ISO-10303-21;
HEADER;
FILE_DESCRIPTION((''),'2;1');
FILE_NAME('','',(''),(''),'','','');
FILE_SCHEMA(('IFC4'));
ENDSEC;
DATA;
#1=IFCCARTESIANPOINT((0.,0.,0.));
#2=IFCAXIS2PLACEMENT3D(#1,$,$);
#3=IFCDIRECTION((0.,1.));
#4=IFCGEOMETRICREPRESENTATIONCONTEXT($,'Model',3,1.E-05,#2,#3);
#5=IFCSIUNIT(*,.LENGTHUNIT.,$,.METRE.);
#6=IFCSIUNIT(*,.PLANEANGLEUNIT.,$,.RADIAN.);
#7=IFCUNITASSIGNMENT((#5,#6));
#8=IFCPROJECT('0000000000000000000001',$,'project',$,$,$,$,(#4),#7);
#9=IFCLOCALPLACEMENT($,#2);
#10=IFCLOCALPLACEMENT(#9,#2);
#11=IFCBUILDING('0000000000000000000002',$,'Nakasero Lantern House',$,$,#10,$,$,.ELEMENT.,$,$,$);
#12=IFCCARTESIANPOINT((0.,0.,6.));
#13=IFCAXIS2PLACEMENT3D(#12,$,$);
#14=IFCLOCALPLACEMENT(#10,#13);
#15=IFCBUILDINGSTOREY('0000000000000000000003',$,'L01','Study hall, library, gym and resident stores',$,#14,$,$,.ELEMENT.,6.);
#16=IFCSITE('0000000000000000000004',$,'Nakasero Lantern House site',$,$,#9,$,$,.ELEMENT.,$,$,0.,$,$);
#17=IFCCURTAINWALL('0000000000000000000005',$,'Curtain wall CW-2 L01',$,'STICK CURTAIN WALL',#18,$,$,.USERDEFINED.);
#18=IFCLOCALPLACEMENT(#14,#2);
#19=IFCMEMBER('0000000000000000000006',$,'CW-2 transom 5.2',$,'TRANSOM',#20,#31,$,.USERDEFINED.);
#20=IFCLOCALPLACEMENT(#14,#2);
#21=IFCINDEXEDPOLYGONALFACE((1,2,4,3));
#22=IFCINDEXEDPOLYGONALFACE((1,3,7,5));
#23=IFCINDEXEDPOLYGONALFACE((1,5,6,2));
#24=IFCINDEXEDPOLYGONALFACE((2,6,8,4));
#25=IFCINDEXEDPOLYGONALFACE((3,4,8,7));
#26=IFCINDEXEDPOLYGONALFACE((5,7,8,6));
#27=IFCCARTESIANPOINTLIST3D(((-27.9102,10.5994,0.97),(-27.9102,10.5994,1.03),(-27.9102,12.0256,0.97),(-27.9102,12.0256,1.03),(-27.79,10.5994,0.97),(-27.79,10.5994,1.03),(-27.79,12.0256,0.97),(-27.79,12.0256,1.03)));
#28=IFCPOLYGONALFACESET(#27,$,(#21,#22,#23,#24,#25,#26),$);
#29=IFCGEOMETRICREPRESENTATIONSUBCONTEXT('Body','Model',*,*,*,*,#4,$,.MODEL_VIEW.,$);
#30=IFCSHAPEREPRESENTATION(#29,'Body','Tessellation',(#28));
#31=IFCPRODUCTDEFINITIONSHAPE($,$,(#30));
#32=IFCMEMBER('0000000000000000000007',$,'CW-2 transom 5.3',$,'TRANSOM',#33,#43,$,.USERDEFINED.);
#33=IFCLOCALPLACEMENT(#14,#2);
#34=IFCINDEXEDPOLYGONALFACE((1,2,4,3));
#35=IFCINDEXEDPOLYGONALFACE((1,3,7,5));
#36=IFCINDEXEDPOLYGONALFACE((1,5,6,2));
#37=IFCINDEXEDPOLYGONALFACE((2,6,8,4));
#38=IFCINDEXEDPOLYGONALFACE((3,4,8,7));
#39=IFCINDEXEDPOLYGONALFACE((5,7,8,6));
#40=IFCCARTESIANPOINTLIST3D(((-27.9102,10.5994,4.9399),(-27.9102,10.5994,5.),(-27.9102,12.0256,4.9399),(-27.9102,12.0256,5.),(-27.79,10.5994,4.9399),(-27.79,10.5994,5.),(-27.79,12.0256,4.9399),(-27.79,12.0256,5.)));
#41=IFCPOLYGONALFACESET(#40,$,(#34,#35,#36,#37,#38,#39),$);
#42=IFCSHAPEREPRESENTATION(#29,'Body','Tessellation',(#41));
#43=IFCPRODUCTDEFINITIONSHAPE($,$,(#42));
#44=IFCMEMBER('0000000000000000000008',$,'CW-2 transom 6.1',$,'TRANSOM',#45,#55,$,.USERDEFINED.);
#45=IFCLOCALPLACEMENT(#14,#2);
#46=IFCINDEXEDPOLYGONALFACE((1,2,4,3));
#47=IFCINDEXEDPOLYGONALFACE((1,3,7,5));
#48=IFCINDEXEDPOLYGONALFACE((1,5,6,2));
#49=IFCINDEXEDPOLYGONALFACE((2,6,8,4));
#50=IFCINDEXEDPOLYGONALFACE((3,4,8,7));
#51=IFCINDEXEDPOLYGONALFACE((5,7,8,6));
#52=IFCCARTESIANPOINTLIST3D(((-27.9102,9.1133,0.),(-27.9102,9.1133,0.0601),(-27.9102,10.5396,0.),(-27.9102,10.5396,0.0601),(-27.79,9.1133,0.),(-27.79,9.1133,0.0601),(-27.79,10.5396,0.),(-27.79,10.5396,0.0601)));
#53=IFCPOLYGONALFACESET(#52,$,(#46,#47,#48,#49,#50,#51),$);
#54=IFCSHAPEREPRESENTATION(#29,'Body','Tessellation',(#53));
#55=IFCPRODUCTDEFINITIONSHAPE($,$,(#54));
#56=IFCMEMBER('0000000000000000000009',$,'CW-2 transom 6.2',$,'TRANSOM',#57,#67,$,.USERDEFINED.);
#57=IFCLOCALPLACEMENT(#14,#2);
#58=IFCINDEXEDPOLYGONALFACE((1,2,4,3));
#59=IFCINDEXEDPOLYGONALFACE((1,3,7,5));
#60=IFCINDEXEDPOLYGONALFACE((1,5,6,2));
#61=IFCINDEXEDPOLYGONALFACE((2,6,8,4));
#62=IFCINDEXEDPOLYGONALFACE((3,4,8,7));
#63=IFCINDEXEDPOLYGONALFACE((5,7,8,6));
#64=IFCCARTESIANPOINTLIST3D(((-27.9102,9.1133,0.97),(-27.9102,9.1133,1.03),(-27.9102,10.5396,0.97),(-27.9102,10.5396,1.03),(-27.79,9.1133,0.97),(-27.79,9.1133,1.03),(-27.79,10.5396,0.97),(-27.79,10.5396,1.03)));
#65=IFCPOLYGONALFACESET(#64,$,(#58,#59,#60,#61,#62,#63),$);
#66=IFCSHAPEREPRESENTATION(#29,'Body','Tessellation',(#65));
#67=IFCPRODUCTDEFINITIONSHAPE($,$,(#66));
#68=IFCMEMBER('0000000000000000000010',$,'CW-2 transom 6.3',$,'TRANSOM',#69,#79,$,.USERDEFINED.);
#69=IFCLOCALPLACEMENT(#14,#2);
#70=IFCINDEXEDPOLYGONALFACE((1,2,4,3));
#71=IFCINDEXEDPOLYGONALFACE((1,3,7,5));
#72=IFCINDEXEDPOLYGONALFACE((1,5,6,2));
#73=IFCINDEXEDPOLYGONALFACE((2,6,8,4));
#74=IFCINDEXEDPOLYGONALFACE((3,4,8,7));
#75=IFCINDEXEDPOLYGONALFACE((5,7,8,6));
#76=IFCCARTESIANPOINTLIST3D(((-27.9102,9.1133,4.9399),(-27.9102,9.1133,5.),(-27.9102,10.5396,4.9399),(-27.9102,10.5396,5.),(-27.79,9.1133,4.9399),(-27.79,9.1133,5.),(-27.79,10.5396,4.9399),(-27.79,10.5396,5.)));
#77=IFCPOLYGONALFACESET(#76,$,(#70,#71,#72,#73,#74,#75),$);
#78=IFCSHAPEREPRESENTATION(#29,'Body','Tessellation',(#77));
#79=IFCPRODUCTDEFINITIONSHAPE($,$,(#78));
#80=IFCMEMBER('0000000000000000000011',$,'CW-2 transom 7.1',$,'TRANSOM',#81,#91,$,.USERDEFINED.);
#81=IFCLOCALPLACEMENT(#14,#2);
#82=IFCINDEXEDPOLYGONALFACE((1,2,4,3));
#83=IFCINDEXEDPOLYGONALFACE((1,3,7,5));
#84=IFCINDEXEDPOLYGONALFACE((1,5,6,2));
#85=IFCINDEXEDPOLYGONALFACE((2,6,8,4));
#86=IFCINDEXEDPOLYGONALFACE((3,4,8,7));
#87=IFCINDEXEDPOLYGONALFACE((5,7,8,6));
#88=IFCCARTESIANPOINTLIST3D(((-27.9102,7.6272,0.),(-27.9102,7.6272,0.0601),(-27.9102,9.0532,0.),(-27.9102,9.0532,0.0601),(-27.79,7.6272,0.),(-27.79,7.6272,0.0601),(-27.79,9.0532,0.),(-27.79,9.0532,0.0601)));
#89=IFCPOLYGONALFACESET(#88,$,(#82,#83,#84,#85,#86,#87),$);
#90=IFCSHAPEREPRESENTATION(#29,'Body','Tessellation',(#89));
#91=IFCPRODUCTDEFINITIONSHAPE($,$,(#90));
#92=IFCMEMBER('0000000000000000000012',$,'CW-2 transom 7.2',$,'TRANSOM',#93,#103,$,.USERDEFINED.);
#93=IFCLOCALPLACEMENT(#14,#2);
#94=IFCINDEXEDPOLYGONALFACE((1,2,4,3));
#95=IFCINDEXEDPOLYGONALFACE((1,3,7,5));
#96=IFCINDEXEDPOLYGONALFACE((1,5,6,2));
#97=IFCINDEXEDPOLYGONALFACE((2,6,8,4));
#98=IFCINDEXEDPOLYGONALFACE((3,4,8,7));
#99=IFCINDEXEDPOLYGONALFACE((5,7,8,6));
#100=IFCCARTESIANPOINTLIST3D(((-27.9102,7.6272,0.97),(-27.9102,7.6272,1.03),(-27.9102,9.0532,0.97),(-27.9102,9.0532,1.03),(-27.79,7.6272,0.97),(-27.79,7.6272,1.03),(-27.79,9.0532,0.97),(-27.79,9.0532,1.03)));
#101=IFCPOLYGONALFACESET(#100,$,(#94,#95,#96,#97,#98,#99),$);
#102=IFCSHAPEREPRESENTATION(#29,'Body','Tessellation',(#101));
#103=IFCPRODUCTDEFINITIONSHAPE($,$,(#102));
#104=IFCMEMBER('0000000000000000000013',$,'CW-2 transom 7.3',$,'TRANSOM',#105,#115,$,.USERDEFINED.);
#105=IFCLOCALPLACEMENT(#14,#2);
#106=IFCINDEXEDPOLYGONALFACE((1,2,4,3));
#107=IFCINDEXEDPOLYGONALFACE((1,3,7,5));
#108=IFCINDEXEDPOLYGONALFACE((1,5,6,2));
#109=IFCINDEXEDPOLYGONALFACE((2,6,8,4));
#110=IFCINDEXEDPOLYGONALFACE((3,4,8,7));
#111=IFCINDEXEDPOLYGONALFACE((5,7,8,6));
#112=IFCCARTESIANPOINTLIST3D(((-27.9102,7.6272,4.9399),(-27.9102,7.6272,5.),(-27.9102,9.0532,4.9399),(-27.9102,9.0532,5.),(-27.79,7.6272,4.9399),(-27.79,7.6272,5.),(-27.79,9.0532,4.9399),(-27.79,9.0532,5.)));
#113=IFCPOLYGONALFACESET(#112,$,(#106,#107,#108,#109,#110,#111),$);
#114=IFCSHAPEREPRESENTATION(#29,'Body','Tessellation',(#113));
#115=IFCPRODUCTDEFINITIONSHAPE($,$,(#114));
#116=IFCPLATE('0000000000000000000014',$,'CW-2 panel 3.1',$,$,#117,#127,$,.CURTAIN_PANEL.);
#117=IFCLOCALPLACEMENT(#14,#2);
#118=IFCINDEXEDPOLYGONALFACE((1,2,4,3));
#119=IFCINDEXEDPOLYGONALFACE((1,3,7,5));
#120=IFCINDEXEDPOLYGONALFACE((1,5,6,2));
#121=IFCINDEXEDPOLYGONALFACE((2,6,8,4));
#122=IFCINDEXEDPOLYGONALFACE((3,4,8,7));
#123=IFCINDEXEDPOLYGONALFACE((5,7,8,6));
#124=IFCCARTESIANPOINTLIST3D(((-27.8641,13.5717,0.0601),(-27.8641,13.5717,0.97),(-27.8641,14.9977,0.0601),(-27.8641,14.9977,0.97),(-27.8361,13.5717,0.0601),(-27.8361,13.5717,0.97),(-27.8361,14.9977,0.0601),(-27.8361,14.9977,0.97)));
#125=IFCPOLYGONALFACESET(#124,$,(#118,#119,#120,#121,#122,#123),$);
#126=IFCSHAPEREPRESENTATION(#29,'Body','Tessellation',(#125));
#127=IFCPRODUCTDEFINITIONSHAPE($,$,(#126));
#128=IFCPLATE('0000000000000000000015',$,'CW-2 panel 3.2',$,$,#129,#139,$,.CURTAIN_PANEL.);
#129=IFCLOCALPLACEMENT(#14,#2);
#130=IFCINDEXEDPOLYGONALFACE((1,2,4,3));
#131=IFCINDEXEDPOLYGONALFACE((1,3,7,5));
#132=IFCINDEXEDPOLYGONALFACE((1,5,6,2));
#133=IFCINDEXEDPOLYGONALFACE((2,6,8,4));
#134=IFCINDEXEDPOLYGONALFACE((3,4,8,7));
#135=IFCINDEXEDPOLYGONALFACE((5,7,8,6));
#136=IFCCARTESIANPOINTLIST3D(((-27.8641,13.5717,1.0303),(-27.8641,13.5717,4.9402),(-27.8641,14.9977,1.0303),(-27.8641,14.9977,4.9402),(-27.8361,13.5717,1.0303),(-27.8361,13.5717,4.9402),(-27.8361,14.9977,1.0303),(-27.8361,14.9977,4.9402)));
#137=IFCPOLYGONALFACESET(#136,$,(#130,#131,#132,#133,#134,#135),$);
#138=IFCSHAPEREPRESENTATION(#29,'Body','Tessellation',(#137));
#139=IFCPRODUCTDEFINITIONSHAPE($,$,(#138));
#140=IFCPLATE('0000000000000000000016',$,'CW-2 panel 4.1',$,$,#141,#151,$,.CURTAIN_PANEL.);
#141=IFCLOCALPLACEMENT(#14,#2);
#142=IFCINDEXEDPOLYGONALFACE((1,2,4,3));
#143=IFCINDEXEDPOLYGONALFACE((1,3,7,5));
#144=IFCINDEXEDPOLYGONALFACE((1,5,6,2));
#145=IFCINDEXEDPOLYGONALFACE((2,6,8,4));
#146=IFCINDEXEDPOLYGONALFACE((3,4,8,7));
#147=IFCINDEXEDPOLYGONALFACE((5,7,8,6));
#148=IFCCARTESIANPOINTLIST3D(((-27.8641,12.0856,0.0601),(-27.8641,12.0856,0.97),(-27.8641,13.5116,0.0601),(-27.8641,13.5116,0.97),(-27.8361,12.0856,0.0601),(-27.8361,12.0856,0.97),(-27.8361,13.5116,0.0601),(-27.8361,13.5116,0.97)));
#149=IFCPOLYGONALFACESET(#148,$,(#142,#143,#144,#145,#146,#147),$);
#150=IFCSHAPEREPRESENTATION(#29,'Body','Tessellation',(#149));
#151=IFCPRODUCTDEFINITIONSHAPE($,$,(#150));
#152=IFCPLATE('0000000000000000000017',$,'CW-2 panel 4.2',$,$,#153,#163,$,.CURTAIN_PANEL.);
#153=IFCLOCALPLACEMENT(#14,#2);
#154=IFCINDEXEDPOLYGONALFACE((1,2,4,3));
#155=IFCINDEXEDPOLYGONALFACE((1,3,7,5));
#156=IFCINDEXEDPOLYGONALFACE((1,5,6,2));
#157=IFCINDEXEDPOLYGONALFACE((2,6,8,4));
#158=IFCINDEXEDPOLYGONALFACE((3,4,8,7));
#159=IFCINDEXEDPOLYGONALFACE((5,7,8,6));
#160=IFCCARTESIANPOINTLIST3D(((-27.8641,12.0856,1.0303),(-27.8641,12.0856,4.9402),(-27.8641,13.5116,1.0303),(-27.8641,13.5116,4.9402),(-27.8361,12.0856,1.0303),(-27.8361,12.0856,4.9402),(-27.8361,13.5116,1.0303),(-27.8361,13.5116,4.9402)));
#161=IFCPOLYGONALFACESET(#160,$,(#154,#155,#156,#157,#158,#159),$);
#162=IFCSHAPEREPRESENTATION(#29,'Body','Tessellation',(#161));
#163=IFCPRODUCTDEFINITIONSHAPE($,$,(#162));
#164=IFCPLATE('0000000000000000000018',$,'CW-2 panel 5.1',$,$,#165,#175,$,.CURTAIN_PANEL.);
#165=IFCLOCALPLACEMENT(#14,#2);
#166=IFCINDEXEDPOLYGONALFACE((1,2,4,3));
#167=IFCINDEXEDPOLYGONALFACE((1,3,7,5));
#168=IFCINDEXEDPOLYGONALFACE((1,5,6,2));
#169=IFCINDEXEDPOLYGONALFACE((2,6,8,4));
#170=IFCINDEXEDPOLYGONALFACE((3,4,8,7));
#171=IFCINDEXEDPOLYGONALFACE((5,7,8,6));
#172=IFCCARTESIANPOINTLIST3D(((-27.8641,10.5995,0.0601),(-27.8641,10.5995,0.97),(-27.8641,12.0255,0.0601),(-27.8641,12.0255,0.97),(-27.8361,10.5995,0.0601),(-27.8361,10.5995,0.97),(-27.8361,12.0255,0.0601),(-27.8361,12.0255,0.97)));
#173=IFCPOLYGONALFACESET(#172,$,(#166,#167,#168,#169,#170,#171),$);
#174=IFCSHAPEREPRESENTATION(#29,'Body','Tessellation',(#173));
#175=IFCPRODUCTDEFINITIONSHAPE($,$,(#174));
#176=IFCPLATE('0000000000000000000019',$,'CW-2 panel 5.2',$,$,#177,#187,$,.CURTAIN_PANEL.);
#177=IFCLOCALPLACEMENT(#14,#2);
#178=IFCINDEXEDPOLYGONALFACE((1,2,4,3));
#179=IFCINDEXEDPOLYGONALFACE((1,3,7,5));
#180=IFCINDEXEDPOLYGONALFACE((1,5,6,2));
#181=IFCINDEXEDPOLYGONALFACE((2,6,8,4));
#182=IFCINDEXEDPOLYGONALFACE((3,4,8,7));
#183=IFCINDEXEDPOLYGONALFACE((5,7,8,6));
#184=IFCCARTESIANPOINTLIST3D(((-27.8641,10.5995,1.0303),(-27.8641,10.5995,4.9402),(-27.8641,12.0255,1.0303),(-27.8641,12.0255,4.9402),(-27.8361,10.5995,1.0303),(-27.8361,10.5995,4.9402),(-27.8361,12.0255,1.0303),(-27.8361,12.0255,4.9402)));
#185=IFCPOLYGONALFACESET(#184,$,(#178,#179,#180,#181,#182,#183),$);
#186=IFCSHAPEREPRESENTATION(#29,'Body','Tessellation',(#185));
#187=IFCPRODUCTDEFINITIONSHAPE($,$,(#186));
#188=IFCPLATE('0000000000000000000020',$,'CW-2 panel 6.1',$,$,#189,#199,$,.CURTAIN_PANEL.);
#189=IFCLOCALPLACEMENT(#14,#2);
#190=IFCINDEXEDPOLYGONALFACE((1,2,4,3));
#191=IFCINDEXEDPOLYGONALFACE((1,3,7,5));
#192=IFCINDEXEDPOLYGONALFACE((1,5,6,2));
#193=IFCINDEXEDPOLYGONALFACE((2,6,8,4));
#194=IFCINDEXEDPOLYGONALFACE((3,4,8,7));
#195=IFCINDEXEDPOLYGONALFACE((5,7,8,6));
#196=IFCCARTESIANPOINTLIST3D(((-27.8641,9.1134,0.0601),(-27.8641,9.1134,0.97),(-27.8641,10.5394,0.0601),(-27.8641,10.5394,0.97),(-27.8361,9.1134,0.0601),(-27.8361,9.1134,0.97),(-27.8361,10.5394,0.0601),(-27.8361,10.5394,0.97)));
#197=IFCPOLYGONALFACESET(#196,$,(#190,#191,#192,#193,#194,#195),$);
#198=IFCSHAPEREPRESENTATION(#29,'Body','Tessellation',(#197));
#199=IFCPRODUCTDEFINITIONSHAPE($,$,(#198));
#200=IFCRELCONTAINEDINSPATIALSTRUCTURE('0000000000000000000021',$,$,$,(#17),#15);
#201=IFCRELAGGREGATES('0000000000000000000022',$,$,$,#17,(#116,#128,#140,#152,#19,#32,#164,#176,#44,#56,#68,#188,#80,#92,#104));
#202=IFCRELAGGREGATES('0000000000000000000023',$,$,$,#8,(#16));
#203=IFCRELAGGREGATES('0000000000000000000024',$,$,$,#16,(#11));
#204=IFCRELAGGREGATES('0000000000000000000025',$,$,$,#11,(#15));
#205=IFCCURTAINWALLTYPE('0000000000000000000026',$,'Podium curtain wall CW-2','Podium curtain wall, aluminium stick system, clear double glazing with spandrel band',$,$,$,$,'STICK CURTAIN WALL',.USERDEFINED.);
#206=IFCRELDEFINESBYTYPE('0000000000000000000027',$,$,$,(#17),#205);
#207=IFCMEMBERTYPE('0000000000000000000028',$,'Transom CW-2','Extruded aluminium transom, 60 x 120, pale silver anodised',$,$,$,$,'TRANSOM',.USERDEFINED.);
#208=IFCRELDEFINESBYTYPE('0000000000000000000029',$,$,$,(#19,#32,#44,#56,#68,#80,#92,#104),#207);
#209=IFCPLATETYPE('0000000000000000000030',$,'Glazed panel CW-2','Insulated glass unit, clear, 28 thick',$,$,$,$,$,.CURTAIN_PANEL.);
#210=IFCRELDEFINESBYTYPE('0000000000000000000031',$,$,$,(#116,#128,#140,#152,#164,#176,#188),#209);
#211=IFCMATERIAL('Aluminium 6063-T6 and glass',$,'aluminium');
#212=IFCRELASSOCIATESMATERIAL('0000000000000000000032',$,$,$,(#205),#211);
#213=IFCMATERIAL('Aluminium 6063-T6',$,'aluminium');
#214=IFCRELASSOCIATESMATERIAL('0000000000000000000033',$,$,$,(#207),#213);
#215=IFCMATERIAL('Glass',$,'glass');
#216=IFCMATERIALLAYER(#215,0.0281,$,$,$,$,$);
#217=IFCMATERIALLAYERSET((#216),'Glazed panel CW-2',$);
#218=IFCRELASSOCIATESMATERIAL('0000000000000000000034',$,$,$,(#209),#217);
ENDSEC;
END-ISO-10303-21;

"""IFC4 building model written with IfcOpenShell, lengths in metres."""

from ifc_helpers import new_model, si_unit, direction, frame, origin, origin_2d, place, context, subcontext, project, spatial, rectangle, extrude, material, layer, layer_set, material_profile, profile_set, type_object, element, aggregate, save


model = new_model("IFC4")

# Units and contexts
model_context = context("Model", 3, precision=1e-05, world=origin(), true_north=direction((0.0, 1.0)))
body_context = subcontext(model_context, "Body", "Model", "MODEL_VIEW")
ifc_project = project(units=[si_unit("LENGTHUNIT", "METRE"), si_unit("PLANEANGLEUNIT", "RADIAN")], contexts=[model_context])

# Site, building, storey
site_placement = place(None, origin())
site = spatial("IfcSite", under=ifc_project, at=site_placement, Name="Nakasero Lantern House site", CompositionType="ELEMENT", RefElevation=0.0)
building_placement = place(site_placement, origin())
building = spatial("IfcBuilding", under=site, at=building_placement, Name="Nakasero Lantern House", CompositionType="ELEMENT")
storey_placement = place(building_placement, frame((0.0, 0.0, 6.0)))
storey = spatial("IfcBuildingStorey", under=building, at=storey_placement, Name="L01", Description="Study hall, library, gym and resident stores", CompositionType="ELEMENT", Elevation=6.0)

# Curtain wall
ifc_material_1 = material(Name="Aluminium 6063-T6 and glass", Category="aluminium")
curtain_wall_type = type_object("IfcCurtainWallType", Name="Podium curtain wall CW-2", Description="Podium curtain wall, aluminium stick system, clear double glazing with spandrel band", ElementType="STICK CURTAIN WALL", PredefinedType="USERDEFINED", material=ifc_material_1)
curtain_wall_placement = place(storey_placement, origin())
curtain_wall = element("IfcCurtainWall", 1, at=curtain_wall_placement, inside=storey, type_object=curtain_wall_type, Name="Curtain wall CW-2 L01", ObjectType="STICK CURTAIN WALL", PredefinedType="USERDEFINED")

# Members
ifc_material_2 = material(Name="Aluminium 6063-T6", Category="aluminium")
ifc_material_profile_1 = material_profile(ifc_material_2, rectangle(XDim=0.0601, YDim=0.1201, at=origin_2d()), Name="CW-2 transom 60x120")
ifc_profile_set_1 = profile_set([ifc_material_profile_1], Name="Aluminium 6063-T6")
member_type_1 = type_object("IfcMemberType", Name="Transom CW-2", Description="Extruded aluminium transom, 60 x 120, pale silver anodised", ElementType="TRANSOM", PredefinedType="USERDEFINED", material=ifc_profile_set_1)
member_1_placement = place(storey_placement, frame((-27.8501, 12.0256, 1.0), z_axis=(0.0, -1.0, 0.0), x_axis=(0.0, 0.0, 1.0)))
member_1 = element("IfcMember", 2, at=member_1_placement, type_object=member_type_1, Name="CW-2 transom 5.2", ObjectType="TRANSOM", PredefinedType="USERDEFINED", context=body_context, shape_type="SweptSolid", body=[
    extrude(rectangle(XDim=0.0601, YDim=0.1201, at=origin_2d()), origin(), (0.0, 0.0, 1.0), 1.4263),
])
member_2_placement = place(storey_placement, frame((-27.8501, 12.0256, 4.97), z_axis=(0.0, -1.0, 0.0), x_axis=(0.0, 0.0, 1.0)))
member_2 = element("IfcMember", 3, at=member_2_placement, type_object=member_type_1, Name="CW-2 transom 5.3", ObjectType="TRANSOM", PredefinedType="USERDEFINED", context=body_context, shape_type="SweptSolid", body=[
    extrude(rectangle(XDim=0.0601, YDim=0.1201, at=origin_2d()), origin(), (0.0, 0.0, 1.0), 1.4263),
])
member_3_placement = place(storey_placement, frame((-27.8501, 10.5396, 0.03), z_axis=(0.0, -1.0, 0.0), x_axis=(0.0, 0.0, 1.0)))
member_3 = element("IfcMember", 4, at=member_3_placement, type_object=member_type_1, Name="CW-2 transom 6.1", ObjectType="TRANSOM", PredefinedType="USERDEFINED", context=body_context, shape_type="SweptSolid", body=[
    extrude(rectangle(XDim=0.0601, YDim=0.1201, at=origin_2d()), origin(), (0.0, 0.0, 1.0), 1.4263),
])
member_4_placement = place(storey_placement, frame((-27.8501, 10.5396, 1.0), z_axis=(0.0, -1.0, 0.0), x_axis=(0.0, 0.0, 1.0)))
member_4 = element("IfcMember", 5, at=member_4_placement, type_object=member_type_1, Name="CW-2 transom 6.2", ObjectType="TRANSOM", PredefinedType="USERDEFINED", context=body_context, shape_type="SweptSolid", body=[
    extrude(rectangle(XDim=0.0601, YDim=0.1201, at=origin_2d()), origin(), (0.0, 0.0, 1.0), 1.4263),
])
member_5_placement = place(storey_placement, frame((-27.8501, 10.5396, 4.97), z_axis=(0.0, -1.0, 0.0), x_axis=(0.0, 0.0, 1.0)))
member_5 = element("IfcMember", 6, at=member_5_placement, type_object=member_type_1, Name="CW-2 transom 6.3", ObjectType="TRANSOM", PredefinedType="USERDEFINED", context=body_context, shape_type="SweptSolid", body=[
    extrude(rectangle(XDim=0.0601, YDim=0.1201, at=origin_2d()), origin(), (0.0, 0.0, 1.0), 1.4263),
])
member_6_placement = place(storey_placement, frame((-27.8501, 9.0532, 0.03), z_axis=(0.0, -1.0, 0.0), x_axis=(0.0, 0.0, 1.0)))
member_6 = element("IfcMember", 7, at=member_6_placement, type_object=member_type_1, Name="CW-2 transom 7.1", ObjectType="TRANSOM", PredefinedType="USERDEFINED", context=body_context, shape_type="SweptSolid", body=[
    extrude(rectangle(XDim=0.0601, YDim=0.1201, at=origin_2d()), origin(), (0.0, 0.0, 1.0), 1.426),
])
member_7_placement = place(storey_placement, frame((-27.8501, 9.0532, 1.0), z_axis=(0.0, -1.0, 0.0), x_axis=(0.0, 0.0, 1.0)))
member_7 = element("IfcMember", 8, at=member_7_placement, type_object=member_type_1, Name="CW-2 transom 7.2", ObjectType="TRANSOM", PredefinedType="USERDEFINED", context=body_context, shape_type="SweptSolid", body=[
    extrude(rectangle(XDim=0.0601, YDim=0.1201, at=origin_2d()), origin(), (0.0, 0.0, 1.0), 1.426),
])
member_8_placement = place(storey_placement, frame((-27.8501, 9.0532, 4.97), z_axis=(0.0, -1.0, 0.0), x_axis=(0.0, 0.0, 1.0)))
member_8 = element("IfcMember", 9, at=member_8_placement, type_object=member_type_1, Name="CW-2 transom 7.3", ObjectType="TRANSOM", PredefinedType="USERDEFINED", context=body_context, shape_type="SweptSolid", body=[
    extrude(rectangle(XDim=0.0601, YDim=0.1201, at=origin_2d()), origin(), (0.0, 0.0, 1.0), 1.426),
])

# Plates
ifc_material_3 = material(Name="Glass", Category="glass")
ifc_layer_1 = layer(ifc_material_3, 0.0281)
ifc_layer_set_1 = layer_set([ifc_layer_1], Name="Glazed panel CW-2")
plate_type = type_object("IfcPlateType", Name="Glazed panel CW-2", Description="Insulated glass unit, clear, 28 thick", PredefinedType="CURTAIN_PANEL", material=ifc_layer_set_1)
plate_1_placement = place(storey_placement, frame((-27.8501, 14.2847, 0.0601), z_axis=(0.0, 0.0, 1.0), x_axis=(0.0, -1.0, 0.0)))
plate_1 = element("IfcPlate", 10, at=plate_1_placement, type_object=plate_type, Name="CW-2 panel 3.1", PredefinedType="CURTAIN_PANEL", context=body_context, shape_type="SweptSolid", body=[
    extrude(rectangle(XDim=1.426, YDim=0.0281, at=origin_2d()), origin(), (0.0, 0.0, 1.0), 0.9099),
])
plate_2_placement = place(storey_placement, frame((-27.8501, 14.2847, 1.0303), z_axis=(0.0, 0.0, 1.0), x_axis=(0.0, -1.0, 0.0)))
plate_2 = element("IfcPlate", 11, at=plate_2_placement, type_object=plate_type, Name="CW-2 panel 3.2", PredefinedType="CURTAIN_PANEL", context=body_context, shape_type="SweptSolid", body=[
    extrude(rectangle(XDim=1.426, YDim=0.0281, at=origin_2d()), origin(), (0.0, 0.0, 1.0), 3.9099),
])
plate_3_placement = place(storey_placement, frame((-27.8501, 12.7986, 0.0601), z_axis=(0.0, 0.0, 1.0), x_axis=(0.0, -1.0, 0.0)))
plate_3 = element("IfcPlate", 12, at=plate_3_placement, type_object=plate_type, Name="CW-2 panel 4.1", PredefinedType="CURTAIN_PANEL", context=body_context, shape_type="SweptSolid", body=[
    extrude(rectangle(XDim=1.426, YDim=0.0281, at=origin_2d()), origin(), (0.0, 0.0, 1.0), 0.9099),
])
plate_4_placement = place(storey_placement, frame((-27.8501, 12.7986, 1.0303), z_axis=(0.0, 0.0, 1.0), x_axis=(0.0, -1.0, 0.0)))
plate_4 = element("IfcPlate", 13, at=plate_4_placement, type_object=plate_type, Name="CW-2 panel 4.2", PredefinedType="CURTAIN_PANEL", context=body_context, shape_type="SweptSolid", body=[
    extrude(rectangle(XDim=1.426, YDim=0.0281, at=origin_2d()), origin(), (0.0, 0.0, 1.0), 3.9099),
])
plate_5_placement = place(storey_placement, frame((-27.8501, 11.3125, 0.0601), z_axis=(0.0, 0.0, 1.0), x_axis=(0.0, -1.0, 0.0)))
plate_5 = element("IfcPlate", 14, at=plate_5_placement, type_object=plate_type, Name="CW-2 panel 5.1", PredefinedType="CURTAIN_PANEL", context=body_context, shape_type="SweptSolid", body=[
    extrude(rectangle(XDim=1.426, YDim=0.0281, at=origin_2d()), origin(), (0.0, 0.0, 1.0), 0.9099),
])
plate_6_placement = place(storey_placement, frame((-27.8501, 11.3125, 1.0303), z_axis=(0.0, 0.0, 1.0), x_axis=(0.0, -1.0, 0.0)))
plate_6 = element("IfcPlate", 15, at=plate_6_placement, type_object=plate_type, Name="CW-2 panel 5.2", PredefinedType="CURTAIN_PANEL", context=body_context, shape_type="SweptSolid", body=[
    extrude(rectangle(XDim=1.426, YDim=0.0281, at=origin_2d()), origin(), (0.0, 0.0, 1.0), 3.9099),
])
plate_7_placement = place(storey_placement, frame((-27.8501, 9.8264, 0.0601), z_axis=(0.0, 0.0, 1.0), x_axis=(0.0, -1.0, 0.0)))
plate_7 = element("IfcPlate", 16, at=plate_7_placement, type_object=plate_type, Name="CW-2 panel 6.1", PredefinedType="CURTAIN_PANEL", context=body_context, shape_type="SweptSolid", body=[
    extrude(rectangle(XDim=1.426, YDim=0.0281, at=origin_2d()), origin(), (0.0, 0.0, 1.0), 0.9099),
])
aggregate(curtain_wall, [plate_1, plate_2, plate_3, plate_4, member_1, member_2, plate_5, plate_6, member_3, member_4, member_5, plate_7, member_6, member_7, member_8])

save(model, "model.ifc")
